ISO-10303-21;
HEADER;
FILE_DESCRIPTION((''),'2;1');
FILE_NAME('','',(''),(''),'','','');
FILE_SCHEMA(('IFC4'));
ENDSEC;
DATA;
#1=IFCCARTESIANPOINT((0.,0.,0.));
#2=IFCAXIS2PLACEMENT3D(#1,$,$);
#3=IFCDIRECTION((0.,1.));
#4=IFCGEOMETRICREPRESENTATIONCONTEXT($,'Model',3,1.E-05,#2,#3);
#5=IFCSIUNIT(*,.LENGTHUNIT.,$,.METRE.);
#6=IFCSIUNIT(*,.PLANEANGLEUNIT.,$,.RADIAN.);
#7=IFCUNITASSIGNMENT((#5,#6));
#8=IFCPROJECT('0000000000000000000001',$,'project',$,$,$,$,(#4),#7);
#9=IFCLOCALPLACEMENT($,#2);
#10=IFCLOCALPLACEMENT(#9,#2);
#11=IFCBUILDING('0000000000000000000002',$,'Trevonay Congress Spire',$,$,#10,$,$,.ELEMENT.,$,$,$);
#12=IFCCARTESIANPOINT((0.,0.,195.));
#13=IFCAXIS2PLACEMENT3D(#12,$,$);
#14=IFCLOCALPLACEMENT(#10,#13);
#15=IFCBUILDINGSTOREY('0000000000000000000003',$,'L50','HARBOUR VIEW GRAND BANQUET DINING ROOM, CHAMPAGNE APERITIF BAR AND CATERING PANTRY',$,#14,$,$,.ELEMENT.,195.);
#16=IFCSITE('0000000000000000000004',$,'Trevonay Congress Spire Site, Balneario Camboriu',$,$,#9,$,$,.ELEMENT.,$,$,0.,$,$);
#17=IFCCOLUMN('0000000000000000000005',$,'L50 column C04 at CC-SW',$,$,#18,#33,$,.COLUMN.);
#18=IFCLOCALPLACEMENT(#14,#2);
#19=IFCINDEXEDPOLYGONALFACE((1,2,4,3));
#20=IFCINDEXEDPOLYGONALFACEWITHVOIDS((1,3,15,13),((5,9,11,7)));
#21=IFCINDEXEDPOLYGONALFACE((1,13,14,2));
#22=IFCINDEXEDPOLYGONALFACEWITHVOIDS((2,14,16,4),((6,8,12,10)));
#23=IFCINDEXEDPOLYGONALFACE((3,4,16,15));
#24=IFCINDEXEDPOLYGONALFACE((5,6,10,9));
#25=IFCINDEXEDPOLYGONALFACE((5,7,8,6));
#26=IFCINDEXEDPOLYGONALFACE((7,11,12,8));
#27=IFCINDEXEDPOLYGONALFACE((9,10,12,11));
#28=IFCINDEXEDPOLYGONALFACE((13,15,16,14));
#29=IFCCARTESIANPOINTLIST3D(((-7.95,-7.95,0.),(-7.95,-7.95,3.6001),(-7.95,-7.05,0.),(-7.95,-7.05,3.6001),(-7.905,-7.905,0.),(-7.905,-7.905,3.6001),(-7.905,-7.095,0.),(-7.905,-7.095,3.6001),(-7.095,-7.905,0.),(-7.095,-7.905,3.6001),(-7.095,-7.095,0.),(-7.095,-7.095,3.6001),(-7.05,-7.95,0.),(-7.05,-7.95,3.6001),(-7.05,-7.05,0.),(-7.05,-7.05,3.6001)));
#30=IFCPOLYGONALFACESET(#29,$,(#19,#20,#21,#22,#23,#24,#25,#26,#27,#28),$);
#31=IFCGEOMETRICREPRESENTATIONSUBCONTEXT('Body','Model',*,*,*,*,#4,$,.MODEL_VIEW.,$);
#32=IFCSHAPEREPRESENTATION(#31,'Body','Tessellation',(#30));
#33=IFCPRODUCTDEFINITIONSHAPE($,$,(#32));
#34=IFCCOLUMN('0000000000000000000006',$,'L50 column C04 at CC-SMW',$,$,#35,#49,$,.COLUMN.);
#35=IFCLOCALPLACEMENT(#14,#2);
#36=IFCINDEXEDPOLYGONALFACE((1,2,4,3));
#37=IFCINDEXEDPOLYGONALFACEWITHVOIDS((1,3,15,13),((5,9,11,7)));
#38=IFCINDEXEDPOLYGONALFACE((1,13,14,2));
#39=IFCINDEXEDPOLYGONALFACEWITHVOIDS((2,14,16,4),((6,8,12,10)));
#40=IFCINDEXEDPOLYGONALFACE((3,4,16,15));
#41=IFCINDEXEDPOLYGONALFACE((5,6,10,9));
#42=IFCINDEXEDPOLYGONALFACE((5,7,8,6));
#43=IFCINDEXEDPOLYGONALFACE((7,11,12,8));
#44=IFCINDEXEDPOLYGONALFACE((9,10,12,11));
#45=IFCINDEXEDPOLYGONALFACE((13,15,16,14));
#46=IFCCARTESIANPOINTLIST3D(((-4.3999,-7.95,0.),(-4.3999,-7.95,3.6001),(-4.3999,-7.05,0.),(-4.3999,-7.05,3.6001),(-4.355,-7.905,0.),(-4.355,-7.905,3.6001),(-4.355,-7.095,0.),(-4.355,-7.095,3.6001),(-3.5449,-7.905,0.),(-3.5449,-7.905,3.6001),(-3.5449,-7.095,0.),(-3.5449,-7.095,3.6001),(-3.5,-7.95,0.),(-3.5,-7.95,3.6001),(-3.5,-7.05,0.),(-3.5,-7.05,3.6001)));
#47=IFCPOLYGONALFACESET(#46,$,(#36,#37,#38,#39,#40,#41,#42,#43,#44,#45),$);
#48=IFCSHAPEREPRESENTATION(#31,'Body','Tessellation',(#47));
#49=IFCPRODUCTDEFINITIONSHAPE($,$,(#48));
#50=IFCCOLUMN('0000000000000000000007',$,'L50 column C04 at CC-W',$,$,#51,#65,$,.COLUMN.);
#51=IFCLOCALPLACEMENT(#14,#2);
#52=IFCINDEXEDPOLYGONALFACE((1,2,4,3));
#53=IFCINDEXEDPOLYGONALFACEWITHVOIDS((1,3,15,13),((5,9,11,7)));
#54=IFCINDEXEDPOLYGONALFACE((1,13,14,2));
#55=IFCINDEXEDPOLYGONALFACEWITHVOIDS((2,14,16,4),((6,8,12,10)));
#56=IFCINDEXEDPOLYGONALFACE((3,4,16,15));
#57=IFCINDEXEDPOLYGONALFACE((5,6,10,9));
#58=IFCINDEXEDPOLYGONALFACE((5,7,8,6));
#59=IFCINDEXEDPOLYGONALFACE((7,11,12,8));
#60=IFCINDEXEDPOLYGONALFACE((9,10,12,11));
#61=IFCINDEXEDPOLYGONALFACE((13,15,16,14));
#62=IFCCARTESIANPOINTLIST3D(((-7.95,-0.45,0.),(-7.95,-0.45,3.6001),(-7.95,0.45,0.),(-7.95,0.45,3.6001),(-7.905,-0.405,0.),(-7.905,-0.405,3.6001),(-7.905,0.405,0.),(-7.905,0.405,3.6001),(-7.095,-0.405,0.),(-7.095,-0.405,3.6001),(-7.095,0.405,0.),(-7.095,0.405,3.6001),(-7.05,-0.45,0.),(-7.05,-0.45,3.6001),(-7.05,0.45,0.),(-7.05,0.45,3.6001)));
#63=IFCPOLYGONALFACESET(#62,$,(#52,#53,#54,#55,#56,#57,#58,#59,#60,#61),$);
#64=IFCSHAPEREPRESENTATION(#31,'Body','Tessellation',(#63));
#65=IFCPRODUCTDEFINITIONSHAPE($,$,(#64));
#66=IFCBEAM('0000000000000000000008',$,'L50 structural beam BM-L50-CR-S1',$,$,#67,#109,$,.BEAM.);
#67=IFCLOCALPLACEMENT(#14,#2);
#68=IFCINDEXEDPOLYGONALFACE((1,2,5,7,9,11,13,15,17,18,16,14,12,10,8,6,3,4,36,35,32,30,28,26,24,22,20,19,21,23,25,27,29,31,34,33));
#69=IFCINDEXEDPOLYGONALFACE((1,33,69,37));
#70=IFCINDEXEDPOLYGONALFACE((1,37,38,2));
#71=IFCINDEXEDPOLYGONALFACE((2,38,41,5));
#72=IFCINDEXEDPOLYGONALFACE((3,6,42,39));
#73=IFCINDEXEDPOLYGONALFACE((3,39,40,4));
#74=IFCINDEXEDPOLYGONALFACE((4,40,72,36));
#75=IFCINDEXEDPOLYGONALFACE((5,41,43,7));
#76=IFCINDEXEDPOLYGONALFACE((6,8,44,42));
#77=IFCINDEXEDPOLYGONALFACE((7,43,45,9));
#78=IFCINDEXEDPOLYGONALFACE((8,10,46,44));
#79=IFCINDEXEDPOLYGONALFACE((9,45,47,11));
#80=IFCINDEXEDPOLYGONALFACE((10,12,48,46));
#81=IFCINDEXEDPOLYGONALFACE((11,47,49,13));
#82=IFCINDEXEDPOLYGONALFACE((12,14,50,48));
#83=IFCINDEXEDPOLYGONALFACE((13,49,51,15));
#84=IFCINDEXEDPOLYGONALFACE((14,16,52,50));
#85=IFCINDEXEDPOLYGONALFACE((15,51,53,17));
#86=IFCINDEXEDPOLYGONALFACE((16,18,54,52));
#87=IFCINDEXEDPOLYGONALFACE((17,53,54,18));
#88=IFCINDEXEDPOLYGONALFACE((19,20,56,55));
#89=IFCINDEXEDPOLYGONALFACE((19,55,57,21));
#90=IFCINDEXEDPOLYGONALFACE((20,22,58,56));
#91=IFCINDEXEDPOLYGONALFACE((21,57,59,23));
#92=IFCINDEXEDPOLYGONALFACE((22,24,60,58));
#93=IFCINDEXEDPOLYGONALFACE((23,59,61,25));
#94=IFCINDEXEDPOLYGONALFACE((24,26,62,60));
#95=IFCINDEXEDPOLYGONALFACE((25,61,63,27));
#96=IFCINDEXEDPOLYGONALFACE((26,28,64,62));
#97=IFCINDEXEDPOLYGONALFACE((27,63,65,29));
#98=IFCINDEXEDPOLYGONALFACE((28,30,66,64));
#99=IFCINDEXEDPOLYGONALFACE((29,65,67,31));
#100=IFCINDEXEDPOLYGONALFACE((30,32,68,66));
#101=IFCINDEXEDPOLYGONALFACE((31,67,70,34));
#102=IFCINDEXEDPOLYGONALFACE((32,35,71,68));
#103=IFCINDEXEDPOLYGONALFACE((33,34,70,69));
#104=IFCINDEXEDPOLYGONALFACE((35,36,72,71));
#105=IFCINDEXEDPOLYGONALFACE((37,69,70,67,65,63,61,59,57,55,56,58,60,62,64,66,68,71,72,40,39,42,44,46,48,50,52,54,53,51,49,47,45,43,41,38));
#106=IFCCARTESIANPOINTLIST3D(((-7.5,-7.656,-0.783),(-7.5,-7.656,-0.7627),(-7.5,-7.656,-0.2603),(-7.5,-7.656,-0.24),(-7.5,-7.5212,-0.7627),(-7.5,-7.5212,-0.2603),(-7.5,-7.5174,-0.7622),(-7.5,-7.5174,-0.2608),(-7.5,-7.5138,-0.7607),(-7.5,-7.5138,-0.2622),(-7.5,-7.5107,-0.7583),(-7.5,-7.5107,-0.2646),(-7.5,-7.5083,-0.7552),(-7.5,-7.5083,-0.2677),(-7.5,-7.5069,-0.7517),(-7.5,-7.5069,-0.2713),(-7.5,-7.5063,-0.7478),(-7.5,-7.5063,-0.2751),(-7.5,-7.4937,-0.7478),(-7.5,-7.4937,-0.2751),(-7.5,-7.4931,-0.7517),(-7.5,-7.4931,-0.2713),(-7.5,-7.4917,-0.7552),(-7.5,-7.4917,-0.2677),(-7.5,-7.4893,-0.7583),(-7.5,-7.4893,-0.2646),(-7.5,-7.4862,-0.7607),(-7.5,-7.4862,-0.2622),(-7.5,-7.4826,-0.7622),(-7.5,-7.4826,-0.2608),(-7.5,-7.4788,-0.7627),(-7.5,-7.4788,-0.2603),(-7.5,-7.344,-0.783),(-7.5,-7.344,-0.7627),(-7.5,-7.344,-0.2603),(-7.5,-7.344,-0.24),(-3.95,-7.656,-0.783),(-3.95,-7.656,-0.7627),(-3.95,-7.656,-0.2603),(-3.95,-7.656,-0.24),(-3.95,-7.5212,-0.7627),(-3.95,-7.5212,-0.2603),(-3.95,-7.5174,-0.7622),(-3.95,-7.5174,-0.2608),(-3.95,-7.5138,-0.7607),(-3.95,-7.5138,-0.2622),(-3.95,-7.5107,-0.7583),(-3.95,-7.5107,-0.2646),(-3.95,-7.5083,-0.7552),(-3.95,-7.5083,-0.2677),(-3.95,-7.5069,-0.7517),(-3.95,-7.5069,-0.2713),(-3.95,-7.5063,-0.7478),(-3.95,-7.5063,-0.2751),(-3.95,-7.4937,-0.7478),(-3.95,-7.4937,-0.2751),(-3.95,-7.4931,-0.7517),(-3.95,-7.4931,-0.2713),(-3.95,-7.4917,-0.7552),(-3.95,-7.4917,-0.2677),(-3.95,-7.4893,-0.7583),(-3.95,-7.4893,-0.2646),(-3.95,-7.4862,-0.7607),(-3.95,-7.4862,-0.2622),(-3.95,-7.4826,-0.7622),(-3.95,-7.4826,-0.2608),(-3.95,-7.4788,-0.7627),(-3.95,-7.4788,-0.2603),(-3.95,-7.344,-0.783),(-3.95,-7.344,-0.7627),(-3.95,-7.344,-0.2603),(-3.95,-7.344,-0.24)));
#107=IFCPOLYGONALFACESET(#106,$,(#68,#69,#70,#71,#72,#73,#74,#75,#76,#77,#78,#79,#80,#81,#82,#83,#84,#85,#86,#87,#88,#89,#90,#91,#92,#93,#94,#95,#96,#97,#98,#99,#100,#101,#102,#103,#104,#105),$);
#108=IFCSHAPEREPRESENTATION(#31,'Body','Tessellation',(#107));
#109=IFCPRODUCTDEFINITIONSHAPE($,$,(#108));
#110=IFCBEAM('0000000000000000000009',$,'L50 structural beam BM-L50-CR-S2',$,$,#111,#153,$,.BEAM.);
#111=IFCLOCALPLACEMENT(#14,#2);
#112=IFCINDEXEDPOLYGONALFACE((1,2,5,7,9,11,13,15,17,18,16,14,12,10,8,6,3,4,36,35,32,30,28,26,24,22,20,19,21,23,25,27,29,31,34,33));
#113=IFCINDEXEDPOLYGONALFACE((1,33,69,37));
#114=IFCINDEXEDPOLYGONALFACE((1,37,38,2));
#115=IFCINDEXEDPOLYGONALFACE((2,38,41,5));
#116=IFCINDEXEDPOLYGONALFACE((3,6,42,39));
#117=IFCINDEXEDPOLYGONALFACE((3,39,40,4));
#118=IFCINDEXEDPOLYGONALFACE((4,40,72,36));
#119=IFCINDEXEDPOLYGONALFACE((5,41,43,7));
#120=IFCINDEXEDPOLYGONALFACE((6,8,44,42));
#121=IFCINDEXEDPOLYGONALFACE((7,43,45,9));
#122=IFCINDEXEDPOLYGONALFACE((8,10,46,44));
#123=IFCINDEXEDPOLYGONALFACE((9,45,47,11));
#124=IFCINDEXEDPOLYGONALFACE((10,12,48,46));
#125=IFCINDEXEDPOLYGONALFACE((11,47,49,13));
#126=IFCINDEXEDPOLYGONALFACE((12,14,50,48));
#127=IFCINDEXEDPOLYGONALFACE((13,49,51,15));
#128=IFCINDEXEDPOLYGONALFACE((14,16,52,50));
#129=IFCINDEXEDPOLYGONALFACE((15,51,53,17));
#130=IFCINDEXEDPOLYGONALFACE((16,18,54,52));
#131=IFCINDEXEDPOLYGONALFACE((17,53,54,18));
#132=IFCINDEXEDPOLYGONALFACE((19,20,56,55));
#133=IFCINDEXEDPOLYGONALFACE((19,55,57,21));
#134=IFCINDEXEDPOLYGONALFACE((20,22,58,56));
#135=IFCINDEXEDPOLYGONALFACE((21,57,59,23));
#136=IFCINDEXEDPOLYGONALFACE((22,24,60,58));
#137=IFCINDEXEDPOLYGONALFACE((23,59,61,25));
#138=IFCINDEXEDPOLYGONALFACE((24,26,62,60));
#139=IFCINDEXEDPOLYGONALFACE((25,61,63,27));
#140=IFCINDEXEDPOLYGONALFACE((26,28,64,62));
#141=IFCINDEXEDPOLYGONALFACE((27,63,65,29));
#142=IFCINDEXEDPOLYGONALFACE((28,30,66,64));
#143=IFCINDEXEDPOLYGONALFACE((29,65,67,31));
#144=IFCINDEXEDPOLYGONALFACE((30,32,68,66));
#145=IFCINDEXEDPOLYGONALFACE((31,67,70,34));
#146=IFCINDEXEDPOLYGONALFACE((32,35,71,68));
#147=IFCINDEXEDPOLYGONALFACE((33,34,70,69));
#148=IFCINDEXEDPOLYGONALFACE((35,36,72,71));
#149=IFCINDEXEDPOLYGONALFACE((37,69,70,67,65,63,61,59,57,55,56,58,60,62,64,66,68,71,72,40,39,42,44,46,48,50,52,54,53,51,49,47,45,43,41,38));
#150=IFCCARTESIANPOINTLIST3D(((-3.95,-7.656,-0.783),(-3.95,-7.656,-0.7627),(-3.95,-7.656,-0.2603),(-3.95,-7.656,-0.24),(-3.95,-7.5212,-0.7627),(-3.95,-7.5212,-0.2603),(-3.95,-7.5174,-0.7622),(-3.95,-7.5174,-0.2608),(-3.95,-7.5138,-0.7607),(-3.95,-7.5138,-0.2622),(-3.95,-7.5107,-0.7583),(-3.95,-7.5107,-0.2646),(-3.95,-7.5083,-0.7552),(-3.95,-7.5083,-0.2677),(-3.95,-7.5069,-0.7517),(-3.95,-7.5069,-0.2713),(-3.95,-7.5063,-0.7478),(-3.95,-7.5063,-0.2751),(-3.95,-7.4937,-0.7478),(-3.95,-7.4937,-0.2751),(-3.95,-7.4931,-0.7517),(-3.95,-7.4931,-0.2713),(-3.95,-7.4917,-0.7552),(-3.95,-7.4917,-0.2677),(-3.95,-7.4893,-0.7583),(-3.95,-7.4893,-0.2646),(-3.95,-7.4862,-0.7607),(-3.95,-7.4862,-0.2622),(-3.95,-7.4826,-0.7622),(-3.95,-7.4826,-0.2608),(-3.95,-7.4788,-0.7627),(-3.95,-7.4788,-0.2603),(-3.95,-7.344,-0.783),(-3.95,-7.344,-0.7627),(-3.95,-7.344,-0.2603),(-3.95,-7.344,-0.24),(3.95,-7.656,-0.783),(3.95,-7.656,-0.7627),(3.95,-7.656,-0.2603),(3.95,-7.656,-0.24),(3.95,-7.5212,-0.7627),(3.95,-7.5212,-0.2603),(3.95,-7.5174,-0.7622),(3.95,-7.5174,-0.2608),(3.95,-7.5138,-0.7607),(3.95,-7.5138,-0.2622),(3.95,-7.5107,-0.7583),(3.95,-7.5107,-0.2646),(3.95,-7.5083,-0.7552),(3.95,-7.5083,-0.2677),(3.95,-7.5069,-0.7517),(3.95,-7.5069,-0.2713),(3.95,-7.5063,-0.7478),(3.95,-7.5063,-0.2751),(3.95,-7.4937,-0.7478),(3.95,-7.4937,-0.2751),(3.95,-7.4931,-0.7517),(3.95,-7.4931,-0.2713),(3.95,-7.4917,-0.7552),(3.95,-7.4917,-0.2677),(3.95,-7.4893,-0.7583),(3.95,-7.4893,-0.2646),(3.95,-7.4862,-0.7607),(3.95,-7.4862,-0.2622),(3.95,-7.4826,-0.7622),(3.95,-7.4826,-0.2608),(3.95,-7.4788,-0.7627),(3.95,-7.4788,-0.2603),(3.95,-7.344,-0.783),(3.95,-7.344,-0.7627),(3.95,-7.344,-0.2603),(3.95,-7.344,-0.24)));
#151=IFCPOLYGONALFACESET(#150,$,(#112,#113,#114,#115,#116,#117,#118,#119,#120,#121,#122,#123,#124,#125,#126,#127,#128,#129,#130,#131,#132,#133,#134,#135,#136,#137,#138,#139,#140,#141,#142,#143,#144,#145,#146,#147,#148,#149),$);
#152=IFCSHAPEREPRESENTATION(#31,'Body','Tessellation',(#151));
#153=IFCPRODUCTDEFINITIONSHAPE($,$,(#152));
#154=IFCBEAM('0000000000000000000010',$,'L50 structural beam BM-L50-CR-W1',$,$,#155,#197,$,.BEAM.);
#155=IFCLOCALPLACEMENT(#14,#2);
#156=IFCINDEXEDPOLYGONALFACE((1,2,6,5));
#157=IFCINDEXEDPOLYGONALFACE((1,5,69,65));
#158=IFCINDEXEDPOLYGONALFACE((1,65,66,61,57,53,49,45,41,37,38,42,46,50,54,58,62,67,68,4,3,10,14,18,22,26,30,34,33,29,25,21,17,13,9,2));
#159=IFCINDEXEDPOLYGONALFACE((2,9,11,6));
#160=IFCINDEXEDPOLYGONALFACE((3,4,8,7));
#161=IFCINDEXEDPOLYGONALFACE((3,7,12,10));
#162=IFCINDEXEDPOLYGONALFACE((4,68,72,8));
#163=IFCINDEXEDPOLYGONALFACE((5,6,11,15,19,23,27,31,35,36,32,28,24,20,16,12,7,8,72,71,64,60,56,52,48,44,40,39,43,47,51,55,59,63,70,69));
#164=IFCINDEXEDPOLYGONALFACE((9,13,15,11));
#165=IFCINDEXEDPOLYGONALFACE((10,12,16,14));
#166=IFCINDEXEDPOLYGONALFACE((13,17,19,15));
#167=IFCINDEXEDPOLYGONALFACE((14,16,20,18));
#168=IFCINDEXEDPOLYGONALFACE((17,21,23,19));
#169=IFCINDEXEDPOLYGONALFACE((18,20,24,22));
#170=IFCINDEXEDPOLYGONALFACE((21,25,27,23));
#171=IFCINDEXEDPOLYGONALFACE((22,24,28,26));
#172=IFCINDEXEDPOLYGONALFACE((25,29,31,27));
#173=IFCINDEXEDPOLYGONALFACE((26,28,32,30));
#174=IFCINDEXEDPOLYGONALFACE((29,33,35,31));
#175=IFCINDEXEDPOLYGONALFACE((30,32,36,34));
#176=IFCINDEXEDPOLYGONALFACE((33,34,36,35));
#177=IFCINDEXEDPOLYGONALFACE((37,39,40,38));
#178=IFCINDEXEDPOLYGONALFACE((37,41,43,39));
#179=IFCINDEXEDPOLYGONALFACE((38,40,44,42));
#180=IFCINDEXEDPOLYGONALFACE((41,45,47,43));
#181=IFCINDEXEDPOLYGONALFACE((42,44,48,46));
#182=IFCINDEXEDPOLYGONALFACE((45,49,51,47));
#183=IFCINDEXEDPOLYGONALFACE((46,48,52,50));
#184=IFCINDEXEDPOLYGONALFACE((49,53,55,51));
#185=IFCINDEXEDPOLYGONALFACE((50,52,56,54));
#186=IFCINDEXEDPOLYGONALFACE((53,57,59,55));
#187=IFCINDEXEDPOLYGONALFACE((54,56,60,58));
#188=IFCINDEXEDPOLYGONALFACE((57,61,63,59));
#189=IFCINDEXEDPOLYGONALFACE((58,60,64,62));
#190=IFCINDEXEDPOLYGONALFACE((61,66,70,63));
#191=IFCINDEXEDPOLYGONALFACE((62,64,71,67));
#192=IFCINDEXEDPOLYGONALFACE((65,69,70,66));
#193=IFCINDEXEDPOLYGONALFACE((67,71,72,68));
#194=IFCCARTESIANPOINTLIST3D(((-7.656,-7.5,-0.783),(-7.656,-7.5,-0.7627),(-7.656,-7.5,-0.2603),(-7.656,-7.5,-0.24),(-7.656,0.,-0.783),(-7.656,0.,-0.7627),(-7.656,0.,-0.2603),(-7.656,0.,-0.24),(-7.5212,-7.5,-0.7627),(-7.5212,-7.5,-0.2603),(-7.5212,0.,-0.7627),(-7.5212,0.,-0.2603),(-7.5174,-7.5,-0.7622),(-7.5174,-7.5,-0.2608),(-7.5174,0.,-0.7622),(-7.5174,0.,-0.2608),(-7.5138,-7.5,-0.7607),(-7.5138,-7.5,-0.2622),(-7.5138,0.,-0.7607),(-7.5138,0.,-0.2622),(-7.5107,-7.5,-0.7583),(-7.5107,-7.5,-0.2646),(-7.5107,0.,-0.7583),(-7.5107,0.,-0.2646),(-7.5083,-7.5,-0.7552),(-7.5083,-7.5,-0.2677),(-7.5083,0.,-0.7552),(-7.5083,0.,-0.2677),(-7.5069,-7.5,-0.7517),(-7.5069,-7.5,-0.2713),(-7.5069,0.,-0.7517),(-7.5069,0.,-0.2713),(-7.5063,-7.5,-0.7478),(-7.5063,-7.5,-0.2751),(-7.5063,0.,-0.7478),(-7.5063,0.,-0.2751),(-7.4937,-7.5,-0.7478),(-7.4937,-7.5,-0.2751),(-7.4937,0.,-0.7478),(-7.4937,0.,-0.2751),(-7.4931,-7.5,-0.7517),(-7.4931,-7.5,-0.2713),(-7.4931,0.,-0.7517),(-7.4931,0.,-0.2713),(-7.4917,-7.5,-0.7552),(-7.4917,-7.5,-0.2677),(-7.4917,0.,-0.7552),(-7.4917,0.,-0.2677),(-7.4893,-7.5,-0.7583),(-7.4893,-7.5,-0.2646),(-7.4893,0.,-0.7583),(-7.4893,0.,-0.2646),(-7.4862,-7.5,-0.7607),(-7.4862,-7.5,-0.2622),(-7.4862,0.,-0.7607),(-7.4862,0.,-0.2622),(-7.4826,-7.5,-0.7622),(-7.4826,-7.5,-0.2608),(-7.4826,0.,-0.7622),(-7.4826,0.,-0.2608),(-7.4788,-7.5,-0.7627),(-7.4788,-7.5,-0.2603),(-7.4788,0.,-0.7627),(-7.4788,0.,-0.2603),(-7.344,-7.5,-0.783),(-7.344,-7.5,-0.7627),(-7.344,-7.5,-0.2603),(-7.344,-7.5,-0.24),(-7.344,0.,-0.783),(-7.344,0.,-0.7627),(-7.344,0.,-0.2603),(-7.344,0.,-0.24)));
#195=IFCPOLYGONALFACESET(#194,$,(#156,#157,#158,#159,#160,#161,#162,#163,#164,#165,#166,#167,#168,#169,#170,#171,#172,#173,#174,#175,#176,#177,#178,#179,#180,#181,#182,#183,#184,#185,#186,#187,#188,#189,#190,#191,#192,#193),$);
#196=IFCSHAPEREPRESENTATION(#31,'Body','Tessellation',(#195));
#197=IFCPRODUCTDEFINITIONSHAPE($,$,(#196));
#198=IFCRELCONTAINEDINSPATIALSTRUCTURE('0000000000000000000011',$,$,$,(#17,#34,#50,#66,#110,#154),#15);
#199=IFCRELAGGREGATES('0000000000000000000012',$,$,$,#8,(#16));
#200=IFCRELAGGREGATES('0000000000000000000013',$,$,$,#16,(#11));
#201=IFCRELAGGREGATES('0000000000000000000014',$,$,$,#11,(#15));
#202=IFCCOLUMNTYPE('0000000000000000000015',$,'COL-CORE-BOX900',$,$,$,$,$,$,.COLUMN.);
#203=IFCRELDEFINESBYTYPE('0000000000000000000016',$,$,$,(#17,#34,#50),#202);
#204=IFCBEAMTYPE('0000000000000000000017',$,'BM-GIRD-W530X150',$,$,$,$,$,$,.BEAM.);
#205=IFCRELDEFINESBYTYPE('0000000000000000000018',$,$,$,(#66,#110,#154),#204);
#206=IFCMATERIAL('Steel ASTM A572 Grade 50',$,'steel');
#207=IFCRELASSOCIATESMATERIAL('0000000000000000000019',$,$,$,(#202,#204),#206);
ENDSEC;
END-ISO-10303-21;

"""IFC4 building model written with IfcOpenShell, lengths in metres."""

from ifc_helpers import new_model, si_unit, direction, frame, origin, origin_2d, place, context, subcontext, project, spatial, hollow_rectangle, i_section, extrude, material, material_profile, profile_set, type_object, element, save


model = new_model("IFC4")

# Units and contexts
model_context = context("Model", 3, precision=1e-05, world=origin(), true_north=direction((0.0, 1.0)))
body_context = subcontext(model_context, "Body", "Model", "MODEL_VIEW")
ifc_project = project(units=[si_unit("LENGTHUNIT", "METRE"), si_unit("PLANEANGLEUNIT", "RADIAN")], contexts=[model_context])

# Site, building, storey
site_placement = place(None, origin())
site = spatial("IfcSite", under=ifc_project, at=site_placement, Name="Trevonay Congress Spire Site, Balneario Camboriu", CompositionType="ELEMENT", RefElevation=0.0)
building_placement = place(site_placement, origin())
building = spatial("IfcBuilding", under=site, at=building_placement, Name="Trevonay Congress Spire", CompositionType="ELEMENT")
storey_placement = place(building_placement, frame((0.0, 0.0, 195.0)))
storey = spatial("IfcBuildingStorey", under=building, at=storey_placement, Name="L50", Description="HARBOUR VIEW GRAND BANQUET DINING ROOM, CHAMPAGNE APERITIF BAR AND CATERING PANTRY", CompositionType="ELEMENT", Elevation=195.0)

# Columns
ifc_material_1 = material(Name="Steel ASTM A572 Grade 50", Category="steel")
ifc_material_profile_1 = material_profile(ifc_material_1, hollow_rectangle(XDim=0.8999, YDim=0.8999, WallThickness=0.0449, at=origin_2d()), Name="BOX 900x900x45")
ifc_profile_set_1 = profile_set([ifc_material_profile_1], Name="Steel ASTM A572 Grade 50")
column_type = type_object("IfcColumnType", Name="COL-CORE-BOX900", PredefinedType="COLUMN", material=ifc_profile_set_1)
for number, where, z_axis, x_axis, name in (
    (1, (-7.5, -7.5, 0.0), (0.0, 0.0, 1.0), (1.0, 0.0, 0.0), "L50 column C04 at CC-SW"),
    (2, (-3.95, -7.5, 0.0), (0.0, 0.0, 1.0), (1.0, 0.0, 0.0), "L50 column C04 at CC-SMW"),
    (3, (-7.5, 0.0, 0.0), (0.0, 0.0, 1.0), (1.0, 0.0, 0.0), "L50 column C04 at CC-W"),
):
    element("IfcColumn", number, at=place(storey_placement, frame(where, z_axis=z_axis, x_axis=x_axis)), inside=storey, type_object=column_type, Name=name, PredefinedType="COLUMN", context=body_context, shape_type="SweptSolid", body=[
        extrude(hollow_rectangle(XDim=0.8999, YDim=0.8999, WallThickness=0.0449, at=origin_2d()), origin(), (0.0, 0.0, 1.0), 3.6001),
    ])

# Beams
ifc_material_profile_2 = material_profile(ifc_material_1, i_section(OverallWidth=0.312, OverallDepth=0.543, WebThickness=0.0127, FlangeThickness=0.0203, FilletRadius=0.0149, at=origin_2d()), Name="W530x150")
ifc_profile_set_2 = profile_set([ifc_material_profile_2], Name="Steel ASTM A572 Grade 50")
beam_type_1 = type_object("IfcBeamType", Name="BM-GIRD-W530X150", PredefinedType="BEAM", material=ifc_profile_set_2)
beam_1_placement = place(storey_placement, frame((-7.5, -7.5, -0.5115), z_axis=(1.0, 0.0, 0.0), x_axis=(0.0, 1.0, 0.0)))
element("IfcBeam", 4, at=beam_1_placement, inside=storey, type_object=beam_type_1, Name="L50 structural beam BM-L50-CR-S1", PredefinedType="BEAM", context=body_context, shape_type="SweptSolid", body=[
    extrude(i_section(OverallWidth=0.312, OverallDepth=0.543, WebThickness=0.0127, FlangeThickness=0.0203, FilletRadius=0.0149, at=origin_2d()), origin(), (0.0, 0.0, 1.0), 3.55),
])
beam_2_placement = place(storey_placement, frame((-3.95, -7.5, -0.5115), z_axis=(1.0, 0.0, 0.0), x_axis=(0.0, 1.0, 0.0)))
element("IfcBeam", 5, at=beam_2_placement, inside=storey, type_object=beam_type_1, Name="L50 structural beam BM-L50-CR-S2", PredefinedType="BEAM", context=body_context, shape_type="SweptSolid", body=[
    extrude(i_section(OverallWidth=0.312, OverallDepth=0.543, WebThickness=0.0127, FlangeThickness=0.0203, FilletRadius=0.0149, at=origin_2d()), origin(), (0.0, 0.0, 1.0), 7.8999),
])
for number, where, z_axis, x_axis, name in (
    (6, (-7.5, -7.5, -0.5115), (0.0, 1.0, 0.0), (-1.0, 0.0, 0.0), "L50 structural beam BM-L50-CR-W1"),
):
    element("IfcBeam", number, at=place(storey_placement, frame(where, z_axis=z_axis, x_axis=x_axis)), inside=storey, type_object=beam_type_1, Name=name, PredefinedType="BEAM", context=body_context, shape_type="SweptSolid", body=[
        extrude(i_section(OverallWidth=0.312, OverallDepth=0.543, WebThickness=0.0127, FlangeThickness=0.0203, FilletRadius=0.0149, at=origin_2d()), origin(), (0.0, 0.0, 1.0), 7.5),
    ])

save(model, "model.ifc")
